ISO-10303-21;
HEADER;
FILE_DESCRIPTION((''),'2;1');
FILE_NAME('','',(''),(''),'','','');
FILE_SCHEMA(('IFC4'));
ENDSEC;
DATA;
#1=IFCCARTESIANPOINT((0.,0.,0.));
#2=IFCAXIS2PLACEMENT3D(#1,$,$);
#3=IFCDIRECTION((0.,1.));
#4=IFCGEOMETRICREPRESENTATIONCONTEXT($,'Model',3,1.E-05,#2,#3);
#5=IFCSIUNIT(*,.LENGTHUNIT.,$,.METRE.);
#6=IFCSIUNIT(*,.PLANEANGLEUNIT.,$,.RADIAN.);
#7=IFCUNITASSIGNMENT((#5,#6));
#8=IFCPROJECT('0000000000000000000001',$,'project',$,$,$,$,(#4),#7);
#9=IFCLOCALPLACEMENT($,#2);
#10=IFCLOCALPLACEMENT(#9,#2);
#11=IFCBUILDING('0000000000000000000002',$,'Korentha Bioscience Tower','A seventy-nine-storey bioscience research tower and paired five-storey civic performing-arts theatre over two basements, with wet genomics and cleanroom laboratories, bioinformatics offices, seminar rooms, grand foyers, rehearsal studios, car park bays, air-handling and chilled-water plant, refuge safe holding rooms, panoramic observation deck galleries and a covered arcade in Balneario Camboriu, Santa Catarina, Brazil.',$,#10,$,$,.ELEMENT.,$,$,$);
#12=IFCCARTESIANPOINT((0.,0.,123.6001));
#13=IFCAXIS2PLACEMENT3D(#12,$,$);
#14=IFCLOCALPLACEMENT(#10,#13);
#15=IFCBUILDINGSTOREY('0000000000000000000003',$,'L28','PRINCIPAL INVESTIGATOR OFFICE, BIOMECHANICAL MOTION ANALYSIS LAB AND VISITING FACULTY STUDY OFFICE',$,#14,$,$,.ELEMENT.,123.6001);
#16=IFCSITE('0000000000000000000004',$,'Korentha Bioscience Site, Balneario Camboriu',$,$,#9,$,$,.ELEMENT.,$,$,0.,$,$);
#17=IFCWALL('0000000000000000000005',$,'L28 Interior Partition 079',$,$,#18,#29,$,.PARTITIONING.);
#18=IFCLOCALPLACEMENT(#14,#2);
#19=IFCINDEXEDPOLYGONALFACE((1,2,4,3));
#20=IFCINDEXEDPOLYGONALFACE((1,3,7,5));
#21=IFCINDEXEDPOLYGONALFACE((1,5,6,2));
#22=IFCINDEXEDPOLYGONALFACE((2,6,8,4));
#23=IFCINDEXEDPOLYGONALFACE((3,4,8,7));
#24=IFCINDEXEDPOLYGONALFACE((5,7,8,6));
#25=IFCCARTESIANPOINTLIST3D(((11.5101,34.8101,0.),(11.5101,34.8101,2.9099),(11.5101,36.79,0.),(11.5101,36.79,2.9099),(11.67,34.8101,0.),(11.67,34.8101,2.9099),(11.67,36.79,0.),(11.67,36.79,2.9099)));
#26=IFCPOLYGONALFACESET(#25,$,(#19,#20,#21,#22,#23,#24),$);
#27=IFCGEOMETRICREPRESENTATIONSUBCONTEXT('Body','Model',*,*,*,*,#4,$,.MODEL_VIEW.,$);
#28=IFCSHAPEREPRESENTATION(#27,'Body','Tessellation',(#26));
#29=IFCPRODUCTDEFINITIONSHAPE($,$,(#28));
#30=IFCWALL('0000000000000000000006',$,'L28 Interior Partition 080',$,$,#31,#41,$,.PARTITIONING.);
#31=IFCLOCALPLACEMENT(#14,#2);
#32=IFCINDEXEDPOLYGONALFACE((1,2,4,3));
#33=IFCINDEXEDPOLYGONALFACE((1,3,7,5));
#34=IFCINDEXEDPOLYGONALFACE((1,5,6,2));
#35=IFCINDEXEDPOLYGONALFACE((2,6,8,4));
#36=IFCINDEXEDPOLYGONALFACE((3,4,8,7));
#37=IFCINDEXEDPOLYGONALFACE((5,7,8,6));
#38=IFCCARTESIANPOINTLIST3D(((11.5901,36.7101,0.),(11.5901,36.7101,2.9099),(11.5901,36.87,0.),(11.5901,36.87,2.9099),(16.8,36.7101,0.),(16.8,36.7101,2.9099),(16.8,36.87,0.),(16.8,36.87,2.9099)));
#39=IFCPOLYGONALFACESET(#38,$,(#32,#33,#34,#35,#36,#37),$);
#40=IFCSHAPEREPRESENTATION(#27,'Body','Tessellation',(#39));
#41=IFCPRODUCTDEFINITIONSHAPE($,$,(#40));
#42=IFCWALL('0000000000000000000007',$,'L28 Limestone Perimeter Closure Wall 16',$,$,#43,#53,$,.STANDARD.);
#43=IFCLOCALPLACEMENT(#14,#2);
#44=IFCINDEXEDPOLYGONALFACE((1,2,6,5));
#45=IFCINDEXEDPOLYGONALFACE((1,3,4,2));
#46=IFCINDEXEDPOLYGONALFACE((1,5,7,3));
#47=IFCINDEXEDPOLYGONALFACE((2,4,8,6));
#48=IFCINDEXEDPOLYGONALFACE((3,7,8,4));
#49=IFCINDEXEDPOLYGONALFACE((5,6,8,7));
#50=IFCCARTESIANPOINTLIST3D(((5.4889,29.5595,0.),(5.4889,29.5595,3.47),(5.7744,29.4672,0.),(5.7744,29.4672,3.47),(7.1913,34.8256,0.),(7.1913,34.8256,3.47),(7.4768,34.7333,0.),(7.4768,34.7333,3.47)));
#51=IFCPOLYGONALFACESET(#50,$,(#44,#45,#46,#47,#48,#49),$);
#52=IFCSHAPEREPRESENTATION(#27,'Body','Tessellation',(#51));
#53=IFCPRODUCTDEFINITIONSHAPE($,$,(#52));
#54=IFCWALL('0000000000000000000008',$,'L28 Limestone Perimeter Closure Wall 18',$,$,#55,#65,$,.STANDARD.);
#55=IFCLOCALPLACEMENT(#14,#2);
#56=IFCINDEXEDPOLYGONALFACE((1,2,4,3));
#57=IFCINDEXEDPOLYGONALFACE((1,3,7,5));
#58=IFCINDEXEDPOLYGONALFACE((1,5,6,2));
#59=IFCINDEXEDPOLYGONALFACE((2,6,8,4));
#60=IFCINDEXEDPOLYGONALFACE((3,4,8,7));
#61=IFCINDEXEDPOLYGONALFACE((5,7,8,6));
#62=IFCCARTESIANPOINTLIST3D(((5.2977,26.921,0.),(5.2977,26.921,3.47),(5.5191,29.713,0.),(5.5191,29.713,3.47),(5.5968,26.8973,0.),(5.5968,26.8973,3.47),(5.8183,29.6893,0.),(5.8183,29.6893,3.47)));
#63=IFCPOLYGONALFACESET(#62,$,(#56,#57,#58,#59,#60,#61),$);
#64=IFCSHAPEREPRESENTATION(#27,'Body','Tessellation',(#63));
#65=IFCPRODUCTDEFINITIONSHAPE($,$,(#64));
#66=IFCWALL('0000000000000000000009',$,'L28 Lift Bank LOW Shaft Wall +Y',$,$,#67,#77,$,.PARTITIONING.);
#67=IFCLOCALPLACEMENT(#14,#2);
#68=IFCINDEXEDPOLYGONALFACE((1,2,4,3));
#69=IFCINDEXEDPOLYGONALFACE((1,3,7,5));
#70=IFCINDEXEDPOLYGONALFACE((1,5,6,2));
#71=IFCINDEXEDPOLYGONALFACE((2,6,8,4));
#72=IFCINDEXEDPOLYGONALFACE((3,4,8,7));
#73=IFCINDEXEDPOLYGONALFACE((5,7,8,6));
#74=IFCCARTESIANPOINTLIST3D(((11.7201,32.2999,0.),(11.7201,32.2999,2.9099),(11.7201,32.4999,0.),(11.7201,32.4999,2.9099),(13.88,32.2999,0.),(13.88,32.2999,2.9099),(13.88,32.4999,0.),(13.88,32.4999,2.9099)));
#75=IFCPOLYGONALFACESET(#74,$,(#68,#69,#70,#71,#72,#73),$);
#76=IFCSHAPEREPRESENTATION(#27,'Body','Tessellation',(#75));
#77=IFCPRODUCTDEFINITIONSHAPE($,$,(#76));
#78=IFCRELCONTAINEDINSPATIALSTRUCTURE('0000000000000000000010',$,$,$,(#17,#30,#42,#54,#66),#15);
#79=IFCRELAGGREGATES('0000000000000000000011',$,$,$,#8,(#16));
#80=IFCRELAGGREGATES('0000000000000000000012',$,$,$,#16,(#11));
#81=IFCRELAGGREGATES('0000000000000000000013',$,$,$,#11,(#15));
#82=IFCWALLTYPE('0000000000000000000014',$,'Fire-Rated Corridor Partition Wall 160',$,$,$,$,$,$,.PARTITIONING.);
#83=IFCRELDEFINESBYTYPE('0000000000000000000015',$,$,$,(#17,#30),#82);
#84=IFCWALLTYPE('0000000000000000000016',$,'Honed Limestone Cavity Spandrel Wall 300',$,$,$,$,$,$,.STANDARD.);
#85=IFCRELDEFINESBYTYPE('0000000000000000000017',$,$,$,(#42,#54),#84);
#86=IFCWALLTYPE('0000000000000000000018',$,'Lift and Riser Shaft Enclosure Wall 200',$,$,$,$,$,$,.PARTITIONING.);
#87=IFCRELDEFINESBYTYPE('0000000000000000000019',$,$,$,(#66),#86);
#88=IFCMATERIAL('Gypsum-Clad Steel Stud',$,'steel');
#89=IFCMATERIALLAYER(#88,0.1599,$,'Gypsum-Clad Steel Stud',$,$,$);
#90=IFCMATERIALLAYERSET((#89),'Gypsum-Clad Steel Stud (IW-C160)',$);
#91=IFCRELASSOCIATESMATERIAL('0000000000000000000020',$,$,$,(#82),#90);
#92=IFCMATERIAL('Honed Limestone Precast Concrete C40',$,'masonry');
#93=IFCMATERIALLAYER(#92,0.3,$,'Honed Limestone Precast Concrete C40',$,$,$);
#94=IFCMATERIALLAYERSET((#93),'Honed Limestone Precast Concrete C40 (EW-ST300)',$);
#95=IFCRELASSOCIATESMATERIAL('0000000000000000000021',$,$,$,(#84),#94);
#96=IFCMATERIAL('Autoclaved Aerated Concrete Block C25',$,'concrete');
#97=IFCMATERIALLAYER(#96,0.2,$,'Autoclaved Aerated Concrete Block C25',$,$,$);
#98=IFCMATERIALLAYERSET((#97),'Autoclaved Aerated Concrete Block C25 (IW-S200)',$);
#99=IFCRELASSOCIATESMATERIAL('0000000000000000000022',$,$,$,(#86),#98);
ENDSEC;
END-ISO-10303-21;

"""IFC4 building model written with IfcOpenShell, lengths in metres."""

from ifc_helpers import new_model, si_unit, direction, frame, frame_2d, origin, place, context, subcontext, project, spatial, rectangle, extrude, material, layer, layer_set, type_object, element, save


model = new_model("IFC4")

# Units and contexts
model_context = context("Model", 3, precision=1e-05, world=origin(), true_north=direction((0.0, 1.0)))
body_context = subcontext(model_context, "Body", "Model", "MODEL_VIEW")
ifc_project = project(units=[si_unit("LENGTHUNIT", "METRE"), si_unit("PLANEANGLEUNIT", "RADIAN")], contexts=[model_context])

# Site, building, storey
site_placement = place(None, origin())
site = spatial("IfcSite", under=ifc_project, at=site_placement, Name="Korentha Bioscience Site, Balneario Camboriu", CompositionType="ELEMENT", RefElevation=0.0)
building_placement = place(site_placement, origin())
building = spatial("IfcBuilding", under=site, at=building_placement, Name="Korentha Bioscience Tower", Description="A seventy-nine-storey bioscience research tower and paired five-storey civic performing-arts theatre over two basements, with wet genomics and cleanroom laboratories, bioinformatics offices, seminar rooms, grand foyers, rehearsal studios, car park bays, air-handling and chilled-water plant, refuge safe holding rooms, panoramic observation deck galleries and a covered arcade in Balneario Camboriu, Santa Catarina, Brazil.", CompositionType="ELEMENT")
storey_placement = place(building_placement, frame((0.0, 0.0, 123.6001)))
storey = spatial("IfcBuildingStorey", under=building, at=storey_placement, Name="L28", Description="PRINCIPAL INVESTIGATOR OFFICE, BIOMECHANICAL MOTION ANALYSIS LAB AND VISITING FACULTY STUDY OFFICE", CompositionType="ELEMENT", Elevation=123.6001)

# Walls
ifc_material_1 = material(Name="Gypsum-Clad Steel Stud", Category="steel")
ifc_layer_1 = layer(ifc_material_1, 0.1599, Name="Gypsum-Clad Steel Stud")
ifc_layer_set_1 = layer_set([ifc_layer_1], Name="Gypsum-Clad Steel Stud (IW-C160)")
wall_type_1 = type_object("IfcWallType", Name="Fire-Rated Corridor Partition Wall 160", PredefinedType="PARTITIONING", material=ifc_layer_set_1)
wall_1_placement = place(storey_placement, frame((11.5901, 34.8101, 0.0), z_axis=(0.0, 0.0, 1.0), x_axis=(0.0, 1.0, 0.0)))
element("IfcWall", 1, at=wall_1_placement, inside=storey, type_object=wall_type_1, Name="L28 Interior Partition 079", PredefinedType="PARTITIONING", context=body_context, shape_type="SweptSolid", body=[
    extrude(rectangle(XDim=1.98, YDim=0.1599, at=frame_2d((0.99, 0.0))), origin(), (0.0, 0.0, 1.0), 2.9099),
])
wall_2_placement = place(storey_placement, frame((11.5901, 36.79, 0.0), z_axis=(0.0, 0.0, 1.0), x_axis=(1.0, 0.0, 0.0)))
element("IfcWall", 2, at=wall_2_placement, inside=storey, type_object=wall_type_1, Name="L28 Interior Partition 080", PredefinedType="PARTITIONING", context=body_context, shape_type="SweptSolid", body=[
    extrude(rectangle(XDim=5.21, YDim=0.1599, at=frame_2d((2.605, 0.0))), origin(), (0.0, 0.0, 1.0), 2.9099),
])
ifc_material_2 = material(Name="Honed Limestone Precast Concrete C40", Category="masonry")
ifc_layer_2 = layer(ifc_material_2, 0.3, Name="Honed Limestone Precast Concrete C40")
ifc_layer_set_2 = layer_set([ifc_layer_2], Name="Honed Limestone Precast Concrete C40 (EW-ST300)")
wall_type_2 = type_object("IfcWallType", Name="Honed Limestone Cavity Spandrel Wall 300", PredefinedType="STANDARD", material=ifc_layer_set_2)
wall_3_placement = place(storey_placement, frame((7.334, 34.7793, 0.0), z_axis=(0.0, 0.0, 1.0), x_axis=(-0.307599, -0.951516, 0.0)))
element("IfcWall", 3, at=wall_3_placement, inside=storey, type_object=wall_type_2, Name="L28 Limestone Perimeter Closure Wall 16", PredefinedType="STANDARD", context=body_context, shape_type="SweptSolid", body=[
    extrude(rectangle(XDim=5.5344, YDim=0.3, at=frame_2d((2.7671, 0.0))), origin(), (0.0, 0.0, 1.0), 3.47),
])
wall_4_placement = place(storey_placement, frame((5.6687, 29.7012, 0.0), z_axis=(0.0, 0.0, 1.0), x_axis=(-0.079063, -0.99687, 0.0)))
element("IfcWall", 4, at=wall_4_placement, inside=storey, type_object=wall_type_2, Name="L28 Limestone Perimeter Closure Wall 18", PredefinedType="STANDARD", context=body_context, shape_type="SweptSolid", body=[
    extrude(rectangle(XDim=2.8008, YDim=0.3, at=frame_2d((1.4004, 0.0))), origin(), (0.0, 0.0, 1.0), 3.47),
])
ifc_material_3 = material(Name="Autoclaved Aerated Concrete Block C25", Category="concrete")
ifc_layer_3 = layer(ifc_material_3, 0.2, Name="Autoclaved Aerated Concrete Block C25")
ifc_layer_set_3 = layer_set([ifc_layer_3], Name="Autoclaved Aerated Concrete Block C25 (IW-S200)")
wall_type_3 = type_object("IfcWallType", Name="Lift and Riser Shaft Enclosure Wall 200", PredefinedType="PARTITIONING", material=ifc_layer_set_3)
wall_5_placement = place(storey_placement, frame((11.72, 32.3999, 0.0), z_axis=(0.0, 0.0, 1.0), x_axis=(1.0, 0.0, 0.0)))
element("IfcWall", 5, at=wall_5_placement, inside=storey, type_object=wall_type_3, Name="L28 Lift Bank LOW Shaft Wall +Y", PredefinedType="PARTITIONING", context=body_context, shape_type="SweptSolid", body=[
    extrude(rectangle(XDim=2.1599, YDim=0.2, at=frame_2d((1.0801, 0.0))), origin(), (0.0, 0.0, 1.0), 2.9099),
])

save(model, "model.ifc")
